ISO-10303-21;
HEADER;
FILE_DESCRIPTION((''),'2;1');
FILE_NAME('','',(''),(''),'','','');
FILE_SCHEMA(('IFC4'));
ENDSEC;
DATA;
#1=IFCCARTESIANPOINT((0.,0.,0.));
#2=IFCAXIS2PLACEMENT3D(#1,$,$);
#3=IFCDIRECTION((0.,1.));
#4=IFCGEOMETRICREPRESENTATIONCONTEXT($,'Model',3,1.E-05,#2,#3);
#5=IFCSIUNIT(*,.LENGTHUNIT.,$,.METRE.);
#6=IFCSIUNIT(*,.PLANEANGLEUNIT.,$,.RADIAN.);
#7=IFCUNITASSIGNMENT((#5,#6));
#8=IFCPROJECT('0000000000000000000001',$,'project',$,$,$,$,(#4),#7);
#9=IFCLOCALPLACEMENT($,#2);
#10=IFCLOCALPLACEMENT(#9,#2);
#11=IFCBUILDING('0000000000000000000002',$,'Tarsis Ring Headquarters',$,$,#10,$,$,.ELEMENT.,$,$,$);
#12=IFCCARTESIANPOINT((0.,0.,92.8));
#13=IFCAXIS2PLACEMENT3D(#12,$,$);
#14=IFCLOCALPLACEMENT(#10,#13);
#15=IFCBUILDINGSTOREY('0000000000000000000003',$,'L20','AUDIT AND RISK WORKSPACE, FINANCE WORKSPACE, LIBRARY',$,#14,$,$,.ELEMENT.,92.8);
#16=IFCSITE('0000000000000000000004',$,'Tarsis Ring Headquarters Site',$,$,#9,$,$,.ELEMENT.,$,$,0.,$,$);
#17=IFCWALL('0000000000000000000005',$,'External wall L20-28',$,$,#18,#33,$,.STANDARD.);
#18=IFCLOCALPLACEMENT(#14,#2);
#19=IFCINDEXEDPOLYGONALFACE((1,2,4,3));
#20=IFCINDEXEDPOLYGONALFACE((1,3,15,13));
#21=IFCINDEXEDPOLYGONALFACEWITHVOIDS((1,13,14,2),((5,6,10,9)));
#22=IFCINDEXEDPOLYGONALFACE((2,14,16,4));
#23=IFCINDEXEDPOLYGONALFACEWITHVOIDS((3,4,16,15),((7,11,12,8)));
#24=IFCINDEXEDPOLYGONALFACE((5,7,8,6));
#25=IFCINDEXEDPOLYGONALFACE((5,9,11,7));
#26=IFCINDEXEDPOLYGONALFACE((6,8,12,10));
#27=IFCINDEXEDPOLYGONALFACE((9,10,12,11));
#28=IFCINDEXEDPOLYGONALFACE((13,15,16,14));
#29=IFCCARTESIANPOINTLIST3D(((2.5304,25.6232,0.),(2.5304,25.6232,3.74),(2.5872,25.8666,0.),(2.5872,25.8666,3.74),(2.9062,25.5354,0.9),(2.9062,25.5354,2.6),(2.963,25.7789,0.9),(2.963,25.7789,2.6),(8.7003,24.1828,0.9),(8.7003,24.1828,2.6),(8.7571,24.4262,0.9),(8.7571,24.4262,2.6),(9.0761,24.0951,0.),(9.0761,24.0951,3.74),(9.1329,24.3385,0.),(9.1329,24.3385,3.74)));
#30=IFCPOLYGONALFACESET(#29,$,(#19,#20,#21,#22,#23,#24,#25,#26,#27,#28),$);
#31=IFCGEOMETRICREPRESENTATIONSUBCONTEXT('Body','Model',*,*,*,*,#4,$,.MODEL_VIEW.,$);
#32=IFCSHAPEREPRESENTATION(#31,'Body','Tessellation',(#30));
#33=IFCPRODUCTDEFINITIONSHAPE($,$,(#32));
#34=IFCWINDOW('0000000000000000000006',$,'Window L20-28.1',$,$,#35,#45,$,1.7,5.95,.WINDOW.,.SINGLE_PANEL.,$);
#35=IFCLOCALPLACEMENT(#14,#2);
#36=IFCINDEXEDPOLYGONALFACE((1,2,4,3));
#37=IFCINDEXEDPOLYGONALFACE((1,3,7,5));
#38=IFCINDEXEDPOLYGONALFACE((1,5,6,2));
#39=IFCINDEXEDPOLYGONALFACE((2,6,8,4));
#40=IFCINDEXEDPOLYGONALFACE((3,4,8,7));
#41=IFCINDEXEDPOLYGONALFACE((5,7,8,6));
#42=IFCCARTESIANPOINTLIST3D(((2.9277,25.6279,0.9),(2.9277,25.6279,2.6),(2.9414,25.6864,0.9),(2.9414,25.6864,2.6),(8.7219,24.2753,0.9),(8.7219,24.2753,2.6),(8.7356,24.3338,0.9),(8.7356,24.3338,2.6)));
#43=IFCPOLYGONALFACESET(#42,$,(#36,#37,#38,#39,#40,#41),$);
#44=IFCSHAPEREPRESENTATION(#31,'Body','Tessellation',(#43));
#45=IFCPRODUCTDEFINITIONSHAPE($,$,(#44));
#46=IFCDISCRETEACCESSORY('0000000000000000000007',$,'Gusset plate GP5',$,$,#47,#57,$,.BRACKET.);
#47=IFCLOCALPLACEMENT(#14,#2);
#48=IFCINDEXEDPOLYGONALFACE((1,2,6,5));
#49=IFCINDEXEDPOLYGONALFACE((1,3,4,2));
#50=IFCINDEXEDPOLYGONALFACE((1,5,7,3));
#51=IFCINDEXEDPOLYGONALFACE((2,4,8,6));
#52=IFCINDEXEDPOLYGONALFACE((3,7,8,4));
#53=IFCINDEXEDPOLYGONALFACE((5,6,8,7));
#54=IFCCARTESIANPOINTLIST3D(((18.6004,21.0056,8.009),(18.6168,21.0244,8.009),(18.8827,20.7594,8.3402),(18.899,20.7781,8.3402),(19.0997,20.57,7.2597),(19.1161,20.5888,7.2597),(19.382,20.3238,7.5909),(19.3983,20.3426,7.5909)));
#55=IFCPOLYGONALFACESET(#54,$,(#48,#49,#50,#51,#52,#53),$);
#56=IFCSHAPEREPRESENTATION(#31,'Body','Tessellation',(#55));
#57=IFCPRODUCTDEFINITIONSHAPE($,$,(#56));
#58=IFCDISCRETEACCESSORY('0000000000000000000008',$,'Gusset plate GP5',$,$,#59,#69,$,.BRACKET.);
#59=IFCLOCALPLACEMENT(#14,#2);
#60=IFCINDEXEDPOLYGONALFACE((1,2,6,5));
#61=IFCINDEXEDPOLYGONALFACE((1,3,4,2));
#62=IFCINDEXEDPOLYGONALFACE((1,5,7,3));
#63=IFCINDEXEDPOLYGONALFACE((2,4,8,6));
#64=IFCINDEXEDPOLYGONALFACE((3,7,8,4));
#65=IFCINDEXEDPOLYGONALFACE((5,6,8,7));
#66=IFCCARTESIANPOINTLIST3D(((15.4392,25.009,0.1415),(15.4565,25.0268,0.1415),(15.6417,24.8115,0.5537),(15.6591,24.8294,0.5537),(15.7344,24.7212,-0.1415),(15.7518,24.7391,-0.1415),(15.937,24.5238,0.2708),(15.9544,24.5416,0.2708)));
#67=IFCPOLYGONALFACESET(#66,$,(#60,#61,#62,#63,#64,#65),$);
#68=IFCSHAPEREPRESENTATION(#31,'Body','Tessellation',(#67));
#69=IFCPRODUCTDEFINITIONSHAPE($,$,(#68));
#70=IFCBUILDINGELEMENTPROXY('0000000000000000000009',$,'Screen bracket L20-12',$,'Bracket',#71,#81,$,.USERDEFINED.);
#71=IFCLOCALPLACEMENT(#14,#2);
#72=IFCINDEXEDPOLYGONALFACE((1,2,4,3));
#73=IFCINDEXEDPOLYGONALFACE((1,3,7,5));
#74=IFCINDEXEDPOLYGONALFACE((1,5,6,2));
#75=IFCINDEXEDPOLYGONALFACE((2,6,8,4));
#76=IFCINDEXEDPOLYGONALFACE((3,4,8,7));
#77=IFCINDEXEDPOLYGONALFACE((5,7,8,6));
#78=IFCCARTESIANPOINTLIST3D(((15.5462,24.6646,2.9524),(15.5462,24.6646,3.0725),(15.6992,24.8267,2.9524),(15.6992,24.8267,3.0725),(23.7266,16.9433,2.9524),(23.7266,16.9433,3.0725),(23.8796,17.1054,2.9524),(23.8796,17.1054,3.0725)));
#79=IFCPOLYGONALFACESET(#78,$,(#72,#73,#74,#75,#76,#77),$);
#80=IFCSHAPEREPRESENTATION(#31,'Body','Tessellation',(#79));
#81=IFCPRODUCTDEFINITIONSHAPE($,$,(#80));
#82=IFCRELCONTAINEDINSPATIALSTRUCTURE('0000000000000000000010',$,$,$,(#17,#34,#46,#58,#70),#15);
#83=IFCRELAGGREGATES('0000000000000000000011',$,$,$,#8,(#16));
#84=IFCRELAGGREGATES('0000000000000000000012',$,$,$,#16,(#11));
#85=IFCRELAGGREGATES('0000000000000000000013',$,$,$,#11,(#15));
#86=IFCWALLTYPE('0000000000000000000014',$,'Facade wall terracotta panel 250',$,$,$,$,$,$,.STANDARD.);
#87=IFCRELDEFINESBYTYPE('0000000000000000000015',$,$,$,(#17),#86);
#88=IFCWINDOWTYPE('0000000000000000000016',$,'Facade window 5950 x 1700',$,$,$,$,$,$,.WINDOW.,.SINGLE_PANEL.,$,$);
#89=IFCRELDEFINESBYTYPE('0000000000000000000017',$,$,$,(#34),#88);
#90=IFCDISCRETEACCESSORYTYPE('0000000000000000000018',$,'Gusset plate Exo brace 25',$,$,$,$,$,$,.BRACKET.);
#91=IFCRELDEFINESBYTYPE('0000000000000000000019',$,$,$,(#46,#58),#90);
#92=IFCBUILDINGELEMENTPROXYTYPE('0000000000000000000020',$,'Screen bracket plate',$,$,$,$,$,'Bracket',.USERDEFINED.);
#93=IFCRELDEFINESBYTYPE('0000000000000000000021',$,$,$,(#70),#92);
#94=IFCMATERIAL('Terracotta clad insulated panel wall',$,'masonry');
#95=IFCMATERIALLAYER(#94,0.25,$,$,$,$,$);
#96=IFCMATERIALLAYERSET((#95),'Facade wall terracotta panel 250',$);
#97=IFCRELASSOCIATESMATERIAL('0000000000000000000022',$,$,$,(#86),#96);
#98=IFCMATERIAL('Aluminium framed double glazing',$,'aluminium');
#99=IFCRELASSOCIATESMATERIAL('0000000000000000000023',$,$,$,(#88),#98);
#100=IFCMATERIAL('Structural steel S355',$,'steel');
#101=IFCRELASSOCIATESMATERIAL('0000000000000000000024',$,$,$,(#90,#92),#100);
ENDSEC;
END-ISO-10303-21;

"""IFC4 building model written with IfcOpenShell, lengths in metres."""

from ifc_helpers import new_model, si_unit, direction, frame, frame_2d, origin, origin_2d, place, context, subcontext, project, spatial, rectangle, extrude, material, layer, layer_set, material_profile, profile_set, type_object, element, fill, save


model = new_model("IFC4")

# Units and contexts
model_context = context("Model", 3, precision=1e-05, world=origin(), true_north=direction((0.0, 1.0)))
body_context = subcontext(model_context, "Body", "Model", "MODEL_VIEW")
ifc_project = project(units=[si_unit("LENGTHUNIT", "METRE"), si_unit("PLANEANGLEUNIT", "RADIAN")], contexts=[model_context])

# Site, building, storey
site_placement = place(None, origin())
site = spatial("IfcSite", under=ifc_project, at=site_placement, Name="Tarsis Ring Headquarters Site", CompositionType="ELEMENT", RefElevation=0.0)
building_placement = place(site_placement, origin())
building = spatial("IfcBuilding", under=site, at=building_placement, Name="Tarsis Ring Headquarters", CompositionType="ELEMENT")
storey_placement = place(building_placement, frame((0.0, 0.0, 92.8)))
storey = spatial("IfcBuildingStorey", under=building, at=storey_placement, Name="L20", Description="AUDIT AND RISK WORKSPACE, FINANCE WORKSPACE, LIBRARY", CompositionType="ELEMENT", Elevation=92.8)

# Shared definitions
ifc_material_1 = material(Name="Structural steel S355", Category="steel")

# Wall, opening, window
ifc_material_2 = material(Name="Terracotta clad insulated panel wall", Category="masonry")
ifc_layer = layer(ifc_material_2, 0.25)
ifc_layer_set = layer_set([ifc_layer], Name="Facade wall terracotta panel 250")
wall_type = type_object("IfcWallType", Name="Facade wall terracotta panel 250", PredefinedType="STANDARD", material=ifc_layer_set)
ifc_material_3 = material(Name="Aluminium framed double glazing", Category="aluminium")
window_type = type_object("IfcWindowType", Name="Facade window 5950 x 1700", PartitioningType="SINGLE_PANEL", PredefinedType="WINDOW", material=ifc_material_3)
wall_1_placement = place(storey_placement, frame((9.1045, 24.2168, 0.0), z_axis=(0.0, 0.0, 1.0), x_axis=(-0.973816, 0.227336, 0.0)))
wall_1 = element("IfcWall", 1, at=wall_1_placement, inside=storey, type_object=wall_type, Name="External wall L20-28", PredefinedType="STANDARD", context=body_context, shape_type="SweptSolid", body=[
    extrude(rectangle(XDim=6.7217, YDim=0.25, at=frame_2d((3.3608, 0.0))), origin(), (0.0, 0.0, 1.0), 3.74),
])
opening_1_placement = place(wall_1_placement, frame((0.3857, 0.0, 0.8999)))
opening_1 = element("IfcOpeningElement", 2, at=opening_1_placement, cuts=wall_1, PredefinedType="OPENING", context=body_context, shape_type="SweptSolid", body=[
    extrude(rectangle(XDim=5.95, YDim=1.7, at=frame_2d((2.9751, 0.8501))), frame((0.0, 0.135, 0.0), z_axis=(0.0, -1.0, 0.0), x_axis=(1.0, 0.0, 0.0)), (0.0, 0.0, 1.0), 0.27),
])
window_1_placement = place(opening_1_placement, origin())
window_1 = element("IfcWindow", 3, at=window_1_placement, inside=storey, type_object=window_type, Name="Window L20-28.1", OverallHeight=1.7, OverallWidth=5.95, PartitioningType="SINGLE_PANEL", PredefinedType="WINDOW", context=body_context, shape_type="SweptSolid", body=[
    extrude(rectangle(XDim=5.95, YDim=1.7, at=frame_2d((2.9751, 0.8501))), frame((0.0, 0.03, 0.0), z_axis=(0.0, -1.0, 0.0), x_axis=(1.0, 0.0, 0.0)), (0.0, 0.0, 1.0), 0.0601),
])
fill(opening_1, window_1)

# Discrete accessories
ifc_material_profile_1 = material_profile(ifc_material_1, rectangle(XDim=0.0249, YDim=0.5, at=origin_2d()), Name="PL 25x500")
ifc_profile_set_1 = profile_set([ifc_material_profile_1], Name="Structural steel S355")
discrete_accessory_type = type_object("IfcDiscreteAccessoryType", Name="Gusset plate Exo brace 25", PredefinedType="BRACKET", material=ifc_profile_set_1)
discrete_accessory_1_placement = place(storey_placement, frame((19.249, 20.4563, 7.4253), z_axis=(-0.499175, 0.435466, 0.749129), x_axis=(-0.657382, -0.753557, 0.0)))
element("IfcDiscreteAccessory", 4, at=discrete_accessory_1_placement, inside=storey, type_object=discrete_accessory_type, Name="Gusset plate GP5", PredefinedType="BRACKET", context=body_context, shape_type="SweptSolid", body=[
    extrude(rectangle(XDim=0.0249, YDim=0.5, at=origin_2d()), origin(), (0.0, 0.0, 1.0), 1.0002),
])
discrete_accessory_2_placement = place(storey_placement, frame((15.5955, 24.874, 0.0), z_axis=(0.405187, -0.394935, 0.82453), x_axis=(0.69799, 0.716108, 0.0)))
element("IfcDiscreteAccessory", 5, at=discrete_accessory_2_placement, inside=storey, type_object=discrete_accessory_type, Name="Gusset plate GP5", PredefinedType="BRACKET", context=body_context, shape_type="SweptSolid", body=[
    extrude(rectangle(XDim=0.0249, YDim=0.5, at=origin_2d()), origin(), (0.0, 0.0, 1.0), 0.5),
])

# Building element proxy
building_element_proxy_type = type_object("IfcBuildingElementProxyType", Name="Screen bracket plate", ElementType="Bracket", PredefinedType="USERDEFINED", material=ifc_material_1)
proxy_placement = place(storey_placement, frame((19.7129, 20.885, 2.9524), z_axis=(0.0, 0.0, 1.0), x_axis=(-0.727219, 0.686406, 0.0)))
element("IfcBuildingElementProxy", 6, at=proxy_placement, inside=storey, type_object=building_element_proxy_type, Name="Screen bracket L20-12", ObjectType="Bracket", PredefinedType="USERDEFINED", context=body_context, shape_type="SweptSolid", body=[
    extrude(rectangle(XDim=11.2488, YDim=0.2229, at=origin_2d()), origin(), (0.0, 0.0, 1.0), 0.1201),
])

save(model, "model.ifc")
